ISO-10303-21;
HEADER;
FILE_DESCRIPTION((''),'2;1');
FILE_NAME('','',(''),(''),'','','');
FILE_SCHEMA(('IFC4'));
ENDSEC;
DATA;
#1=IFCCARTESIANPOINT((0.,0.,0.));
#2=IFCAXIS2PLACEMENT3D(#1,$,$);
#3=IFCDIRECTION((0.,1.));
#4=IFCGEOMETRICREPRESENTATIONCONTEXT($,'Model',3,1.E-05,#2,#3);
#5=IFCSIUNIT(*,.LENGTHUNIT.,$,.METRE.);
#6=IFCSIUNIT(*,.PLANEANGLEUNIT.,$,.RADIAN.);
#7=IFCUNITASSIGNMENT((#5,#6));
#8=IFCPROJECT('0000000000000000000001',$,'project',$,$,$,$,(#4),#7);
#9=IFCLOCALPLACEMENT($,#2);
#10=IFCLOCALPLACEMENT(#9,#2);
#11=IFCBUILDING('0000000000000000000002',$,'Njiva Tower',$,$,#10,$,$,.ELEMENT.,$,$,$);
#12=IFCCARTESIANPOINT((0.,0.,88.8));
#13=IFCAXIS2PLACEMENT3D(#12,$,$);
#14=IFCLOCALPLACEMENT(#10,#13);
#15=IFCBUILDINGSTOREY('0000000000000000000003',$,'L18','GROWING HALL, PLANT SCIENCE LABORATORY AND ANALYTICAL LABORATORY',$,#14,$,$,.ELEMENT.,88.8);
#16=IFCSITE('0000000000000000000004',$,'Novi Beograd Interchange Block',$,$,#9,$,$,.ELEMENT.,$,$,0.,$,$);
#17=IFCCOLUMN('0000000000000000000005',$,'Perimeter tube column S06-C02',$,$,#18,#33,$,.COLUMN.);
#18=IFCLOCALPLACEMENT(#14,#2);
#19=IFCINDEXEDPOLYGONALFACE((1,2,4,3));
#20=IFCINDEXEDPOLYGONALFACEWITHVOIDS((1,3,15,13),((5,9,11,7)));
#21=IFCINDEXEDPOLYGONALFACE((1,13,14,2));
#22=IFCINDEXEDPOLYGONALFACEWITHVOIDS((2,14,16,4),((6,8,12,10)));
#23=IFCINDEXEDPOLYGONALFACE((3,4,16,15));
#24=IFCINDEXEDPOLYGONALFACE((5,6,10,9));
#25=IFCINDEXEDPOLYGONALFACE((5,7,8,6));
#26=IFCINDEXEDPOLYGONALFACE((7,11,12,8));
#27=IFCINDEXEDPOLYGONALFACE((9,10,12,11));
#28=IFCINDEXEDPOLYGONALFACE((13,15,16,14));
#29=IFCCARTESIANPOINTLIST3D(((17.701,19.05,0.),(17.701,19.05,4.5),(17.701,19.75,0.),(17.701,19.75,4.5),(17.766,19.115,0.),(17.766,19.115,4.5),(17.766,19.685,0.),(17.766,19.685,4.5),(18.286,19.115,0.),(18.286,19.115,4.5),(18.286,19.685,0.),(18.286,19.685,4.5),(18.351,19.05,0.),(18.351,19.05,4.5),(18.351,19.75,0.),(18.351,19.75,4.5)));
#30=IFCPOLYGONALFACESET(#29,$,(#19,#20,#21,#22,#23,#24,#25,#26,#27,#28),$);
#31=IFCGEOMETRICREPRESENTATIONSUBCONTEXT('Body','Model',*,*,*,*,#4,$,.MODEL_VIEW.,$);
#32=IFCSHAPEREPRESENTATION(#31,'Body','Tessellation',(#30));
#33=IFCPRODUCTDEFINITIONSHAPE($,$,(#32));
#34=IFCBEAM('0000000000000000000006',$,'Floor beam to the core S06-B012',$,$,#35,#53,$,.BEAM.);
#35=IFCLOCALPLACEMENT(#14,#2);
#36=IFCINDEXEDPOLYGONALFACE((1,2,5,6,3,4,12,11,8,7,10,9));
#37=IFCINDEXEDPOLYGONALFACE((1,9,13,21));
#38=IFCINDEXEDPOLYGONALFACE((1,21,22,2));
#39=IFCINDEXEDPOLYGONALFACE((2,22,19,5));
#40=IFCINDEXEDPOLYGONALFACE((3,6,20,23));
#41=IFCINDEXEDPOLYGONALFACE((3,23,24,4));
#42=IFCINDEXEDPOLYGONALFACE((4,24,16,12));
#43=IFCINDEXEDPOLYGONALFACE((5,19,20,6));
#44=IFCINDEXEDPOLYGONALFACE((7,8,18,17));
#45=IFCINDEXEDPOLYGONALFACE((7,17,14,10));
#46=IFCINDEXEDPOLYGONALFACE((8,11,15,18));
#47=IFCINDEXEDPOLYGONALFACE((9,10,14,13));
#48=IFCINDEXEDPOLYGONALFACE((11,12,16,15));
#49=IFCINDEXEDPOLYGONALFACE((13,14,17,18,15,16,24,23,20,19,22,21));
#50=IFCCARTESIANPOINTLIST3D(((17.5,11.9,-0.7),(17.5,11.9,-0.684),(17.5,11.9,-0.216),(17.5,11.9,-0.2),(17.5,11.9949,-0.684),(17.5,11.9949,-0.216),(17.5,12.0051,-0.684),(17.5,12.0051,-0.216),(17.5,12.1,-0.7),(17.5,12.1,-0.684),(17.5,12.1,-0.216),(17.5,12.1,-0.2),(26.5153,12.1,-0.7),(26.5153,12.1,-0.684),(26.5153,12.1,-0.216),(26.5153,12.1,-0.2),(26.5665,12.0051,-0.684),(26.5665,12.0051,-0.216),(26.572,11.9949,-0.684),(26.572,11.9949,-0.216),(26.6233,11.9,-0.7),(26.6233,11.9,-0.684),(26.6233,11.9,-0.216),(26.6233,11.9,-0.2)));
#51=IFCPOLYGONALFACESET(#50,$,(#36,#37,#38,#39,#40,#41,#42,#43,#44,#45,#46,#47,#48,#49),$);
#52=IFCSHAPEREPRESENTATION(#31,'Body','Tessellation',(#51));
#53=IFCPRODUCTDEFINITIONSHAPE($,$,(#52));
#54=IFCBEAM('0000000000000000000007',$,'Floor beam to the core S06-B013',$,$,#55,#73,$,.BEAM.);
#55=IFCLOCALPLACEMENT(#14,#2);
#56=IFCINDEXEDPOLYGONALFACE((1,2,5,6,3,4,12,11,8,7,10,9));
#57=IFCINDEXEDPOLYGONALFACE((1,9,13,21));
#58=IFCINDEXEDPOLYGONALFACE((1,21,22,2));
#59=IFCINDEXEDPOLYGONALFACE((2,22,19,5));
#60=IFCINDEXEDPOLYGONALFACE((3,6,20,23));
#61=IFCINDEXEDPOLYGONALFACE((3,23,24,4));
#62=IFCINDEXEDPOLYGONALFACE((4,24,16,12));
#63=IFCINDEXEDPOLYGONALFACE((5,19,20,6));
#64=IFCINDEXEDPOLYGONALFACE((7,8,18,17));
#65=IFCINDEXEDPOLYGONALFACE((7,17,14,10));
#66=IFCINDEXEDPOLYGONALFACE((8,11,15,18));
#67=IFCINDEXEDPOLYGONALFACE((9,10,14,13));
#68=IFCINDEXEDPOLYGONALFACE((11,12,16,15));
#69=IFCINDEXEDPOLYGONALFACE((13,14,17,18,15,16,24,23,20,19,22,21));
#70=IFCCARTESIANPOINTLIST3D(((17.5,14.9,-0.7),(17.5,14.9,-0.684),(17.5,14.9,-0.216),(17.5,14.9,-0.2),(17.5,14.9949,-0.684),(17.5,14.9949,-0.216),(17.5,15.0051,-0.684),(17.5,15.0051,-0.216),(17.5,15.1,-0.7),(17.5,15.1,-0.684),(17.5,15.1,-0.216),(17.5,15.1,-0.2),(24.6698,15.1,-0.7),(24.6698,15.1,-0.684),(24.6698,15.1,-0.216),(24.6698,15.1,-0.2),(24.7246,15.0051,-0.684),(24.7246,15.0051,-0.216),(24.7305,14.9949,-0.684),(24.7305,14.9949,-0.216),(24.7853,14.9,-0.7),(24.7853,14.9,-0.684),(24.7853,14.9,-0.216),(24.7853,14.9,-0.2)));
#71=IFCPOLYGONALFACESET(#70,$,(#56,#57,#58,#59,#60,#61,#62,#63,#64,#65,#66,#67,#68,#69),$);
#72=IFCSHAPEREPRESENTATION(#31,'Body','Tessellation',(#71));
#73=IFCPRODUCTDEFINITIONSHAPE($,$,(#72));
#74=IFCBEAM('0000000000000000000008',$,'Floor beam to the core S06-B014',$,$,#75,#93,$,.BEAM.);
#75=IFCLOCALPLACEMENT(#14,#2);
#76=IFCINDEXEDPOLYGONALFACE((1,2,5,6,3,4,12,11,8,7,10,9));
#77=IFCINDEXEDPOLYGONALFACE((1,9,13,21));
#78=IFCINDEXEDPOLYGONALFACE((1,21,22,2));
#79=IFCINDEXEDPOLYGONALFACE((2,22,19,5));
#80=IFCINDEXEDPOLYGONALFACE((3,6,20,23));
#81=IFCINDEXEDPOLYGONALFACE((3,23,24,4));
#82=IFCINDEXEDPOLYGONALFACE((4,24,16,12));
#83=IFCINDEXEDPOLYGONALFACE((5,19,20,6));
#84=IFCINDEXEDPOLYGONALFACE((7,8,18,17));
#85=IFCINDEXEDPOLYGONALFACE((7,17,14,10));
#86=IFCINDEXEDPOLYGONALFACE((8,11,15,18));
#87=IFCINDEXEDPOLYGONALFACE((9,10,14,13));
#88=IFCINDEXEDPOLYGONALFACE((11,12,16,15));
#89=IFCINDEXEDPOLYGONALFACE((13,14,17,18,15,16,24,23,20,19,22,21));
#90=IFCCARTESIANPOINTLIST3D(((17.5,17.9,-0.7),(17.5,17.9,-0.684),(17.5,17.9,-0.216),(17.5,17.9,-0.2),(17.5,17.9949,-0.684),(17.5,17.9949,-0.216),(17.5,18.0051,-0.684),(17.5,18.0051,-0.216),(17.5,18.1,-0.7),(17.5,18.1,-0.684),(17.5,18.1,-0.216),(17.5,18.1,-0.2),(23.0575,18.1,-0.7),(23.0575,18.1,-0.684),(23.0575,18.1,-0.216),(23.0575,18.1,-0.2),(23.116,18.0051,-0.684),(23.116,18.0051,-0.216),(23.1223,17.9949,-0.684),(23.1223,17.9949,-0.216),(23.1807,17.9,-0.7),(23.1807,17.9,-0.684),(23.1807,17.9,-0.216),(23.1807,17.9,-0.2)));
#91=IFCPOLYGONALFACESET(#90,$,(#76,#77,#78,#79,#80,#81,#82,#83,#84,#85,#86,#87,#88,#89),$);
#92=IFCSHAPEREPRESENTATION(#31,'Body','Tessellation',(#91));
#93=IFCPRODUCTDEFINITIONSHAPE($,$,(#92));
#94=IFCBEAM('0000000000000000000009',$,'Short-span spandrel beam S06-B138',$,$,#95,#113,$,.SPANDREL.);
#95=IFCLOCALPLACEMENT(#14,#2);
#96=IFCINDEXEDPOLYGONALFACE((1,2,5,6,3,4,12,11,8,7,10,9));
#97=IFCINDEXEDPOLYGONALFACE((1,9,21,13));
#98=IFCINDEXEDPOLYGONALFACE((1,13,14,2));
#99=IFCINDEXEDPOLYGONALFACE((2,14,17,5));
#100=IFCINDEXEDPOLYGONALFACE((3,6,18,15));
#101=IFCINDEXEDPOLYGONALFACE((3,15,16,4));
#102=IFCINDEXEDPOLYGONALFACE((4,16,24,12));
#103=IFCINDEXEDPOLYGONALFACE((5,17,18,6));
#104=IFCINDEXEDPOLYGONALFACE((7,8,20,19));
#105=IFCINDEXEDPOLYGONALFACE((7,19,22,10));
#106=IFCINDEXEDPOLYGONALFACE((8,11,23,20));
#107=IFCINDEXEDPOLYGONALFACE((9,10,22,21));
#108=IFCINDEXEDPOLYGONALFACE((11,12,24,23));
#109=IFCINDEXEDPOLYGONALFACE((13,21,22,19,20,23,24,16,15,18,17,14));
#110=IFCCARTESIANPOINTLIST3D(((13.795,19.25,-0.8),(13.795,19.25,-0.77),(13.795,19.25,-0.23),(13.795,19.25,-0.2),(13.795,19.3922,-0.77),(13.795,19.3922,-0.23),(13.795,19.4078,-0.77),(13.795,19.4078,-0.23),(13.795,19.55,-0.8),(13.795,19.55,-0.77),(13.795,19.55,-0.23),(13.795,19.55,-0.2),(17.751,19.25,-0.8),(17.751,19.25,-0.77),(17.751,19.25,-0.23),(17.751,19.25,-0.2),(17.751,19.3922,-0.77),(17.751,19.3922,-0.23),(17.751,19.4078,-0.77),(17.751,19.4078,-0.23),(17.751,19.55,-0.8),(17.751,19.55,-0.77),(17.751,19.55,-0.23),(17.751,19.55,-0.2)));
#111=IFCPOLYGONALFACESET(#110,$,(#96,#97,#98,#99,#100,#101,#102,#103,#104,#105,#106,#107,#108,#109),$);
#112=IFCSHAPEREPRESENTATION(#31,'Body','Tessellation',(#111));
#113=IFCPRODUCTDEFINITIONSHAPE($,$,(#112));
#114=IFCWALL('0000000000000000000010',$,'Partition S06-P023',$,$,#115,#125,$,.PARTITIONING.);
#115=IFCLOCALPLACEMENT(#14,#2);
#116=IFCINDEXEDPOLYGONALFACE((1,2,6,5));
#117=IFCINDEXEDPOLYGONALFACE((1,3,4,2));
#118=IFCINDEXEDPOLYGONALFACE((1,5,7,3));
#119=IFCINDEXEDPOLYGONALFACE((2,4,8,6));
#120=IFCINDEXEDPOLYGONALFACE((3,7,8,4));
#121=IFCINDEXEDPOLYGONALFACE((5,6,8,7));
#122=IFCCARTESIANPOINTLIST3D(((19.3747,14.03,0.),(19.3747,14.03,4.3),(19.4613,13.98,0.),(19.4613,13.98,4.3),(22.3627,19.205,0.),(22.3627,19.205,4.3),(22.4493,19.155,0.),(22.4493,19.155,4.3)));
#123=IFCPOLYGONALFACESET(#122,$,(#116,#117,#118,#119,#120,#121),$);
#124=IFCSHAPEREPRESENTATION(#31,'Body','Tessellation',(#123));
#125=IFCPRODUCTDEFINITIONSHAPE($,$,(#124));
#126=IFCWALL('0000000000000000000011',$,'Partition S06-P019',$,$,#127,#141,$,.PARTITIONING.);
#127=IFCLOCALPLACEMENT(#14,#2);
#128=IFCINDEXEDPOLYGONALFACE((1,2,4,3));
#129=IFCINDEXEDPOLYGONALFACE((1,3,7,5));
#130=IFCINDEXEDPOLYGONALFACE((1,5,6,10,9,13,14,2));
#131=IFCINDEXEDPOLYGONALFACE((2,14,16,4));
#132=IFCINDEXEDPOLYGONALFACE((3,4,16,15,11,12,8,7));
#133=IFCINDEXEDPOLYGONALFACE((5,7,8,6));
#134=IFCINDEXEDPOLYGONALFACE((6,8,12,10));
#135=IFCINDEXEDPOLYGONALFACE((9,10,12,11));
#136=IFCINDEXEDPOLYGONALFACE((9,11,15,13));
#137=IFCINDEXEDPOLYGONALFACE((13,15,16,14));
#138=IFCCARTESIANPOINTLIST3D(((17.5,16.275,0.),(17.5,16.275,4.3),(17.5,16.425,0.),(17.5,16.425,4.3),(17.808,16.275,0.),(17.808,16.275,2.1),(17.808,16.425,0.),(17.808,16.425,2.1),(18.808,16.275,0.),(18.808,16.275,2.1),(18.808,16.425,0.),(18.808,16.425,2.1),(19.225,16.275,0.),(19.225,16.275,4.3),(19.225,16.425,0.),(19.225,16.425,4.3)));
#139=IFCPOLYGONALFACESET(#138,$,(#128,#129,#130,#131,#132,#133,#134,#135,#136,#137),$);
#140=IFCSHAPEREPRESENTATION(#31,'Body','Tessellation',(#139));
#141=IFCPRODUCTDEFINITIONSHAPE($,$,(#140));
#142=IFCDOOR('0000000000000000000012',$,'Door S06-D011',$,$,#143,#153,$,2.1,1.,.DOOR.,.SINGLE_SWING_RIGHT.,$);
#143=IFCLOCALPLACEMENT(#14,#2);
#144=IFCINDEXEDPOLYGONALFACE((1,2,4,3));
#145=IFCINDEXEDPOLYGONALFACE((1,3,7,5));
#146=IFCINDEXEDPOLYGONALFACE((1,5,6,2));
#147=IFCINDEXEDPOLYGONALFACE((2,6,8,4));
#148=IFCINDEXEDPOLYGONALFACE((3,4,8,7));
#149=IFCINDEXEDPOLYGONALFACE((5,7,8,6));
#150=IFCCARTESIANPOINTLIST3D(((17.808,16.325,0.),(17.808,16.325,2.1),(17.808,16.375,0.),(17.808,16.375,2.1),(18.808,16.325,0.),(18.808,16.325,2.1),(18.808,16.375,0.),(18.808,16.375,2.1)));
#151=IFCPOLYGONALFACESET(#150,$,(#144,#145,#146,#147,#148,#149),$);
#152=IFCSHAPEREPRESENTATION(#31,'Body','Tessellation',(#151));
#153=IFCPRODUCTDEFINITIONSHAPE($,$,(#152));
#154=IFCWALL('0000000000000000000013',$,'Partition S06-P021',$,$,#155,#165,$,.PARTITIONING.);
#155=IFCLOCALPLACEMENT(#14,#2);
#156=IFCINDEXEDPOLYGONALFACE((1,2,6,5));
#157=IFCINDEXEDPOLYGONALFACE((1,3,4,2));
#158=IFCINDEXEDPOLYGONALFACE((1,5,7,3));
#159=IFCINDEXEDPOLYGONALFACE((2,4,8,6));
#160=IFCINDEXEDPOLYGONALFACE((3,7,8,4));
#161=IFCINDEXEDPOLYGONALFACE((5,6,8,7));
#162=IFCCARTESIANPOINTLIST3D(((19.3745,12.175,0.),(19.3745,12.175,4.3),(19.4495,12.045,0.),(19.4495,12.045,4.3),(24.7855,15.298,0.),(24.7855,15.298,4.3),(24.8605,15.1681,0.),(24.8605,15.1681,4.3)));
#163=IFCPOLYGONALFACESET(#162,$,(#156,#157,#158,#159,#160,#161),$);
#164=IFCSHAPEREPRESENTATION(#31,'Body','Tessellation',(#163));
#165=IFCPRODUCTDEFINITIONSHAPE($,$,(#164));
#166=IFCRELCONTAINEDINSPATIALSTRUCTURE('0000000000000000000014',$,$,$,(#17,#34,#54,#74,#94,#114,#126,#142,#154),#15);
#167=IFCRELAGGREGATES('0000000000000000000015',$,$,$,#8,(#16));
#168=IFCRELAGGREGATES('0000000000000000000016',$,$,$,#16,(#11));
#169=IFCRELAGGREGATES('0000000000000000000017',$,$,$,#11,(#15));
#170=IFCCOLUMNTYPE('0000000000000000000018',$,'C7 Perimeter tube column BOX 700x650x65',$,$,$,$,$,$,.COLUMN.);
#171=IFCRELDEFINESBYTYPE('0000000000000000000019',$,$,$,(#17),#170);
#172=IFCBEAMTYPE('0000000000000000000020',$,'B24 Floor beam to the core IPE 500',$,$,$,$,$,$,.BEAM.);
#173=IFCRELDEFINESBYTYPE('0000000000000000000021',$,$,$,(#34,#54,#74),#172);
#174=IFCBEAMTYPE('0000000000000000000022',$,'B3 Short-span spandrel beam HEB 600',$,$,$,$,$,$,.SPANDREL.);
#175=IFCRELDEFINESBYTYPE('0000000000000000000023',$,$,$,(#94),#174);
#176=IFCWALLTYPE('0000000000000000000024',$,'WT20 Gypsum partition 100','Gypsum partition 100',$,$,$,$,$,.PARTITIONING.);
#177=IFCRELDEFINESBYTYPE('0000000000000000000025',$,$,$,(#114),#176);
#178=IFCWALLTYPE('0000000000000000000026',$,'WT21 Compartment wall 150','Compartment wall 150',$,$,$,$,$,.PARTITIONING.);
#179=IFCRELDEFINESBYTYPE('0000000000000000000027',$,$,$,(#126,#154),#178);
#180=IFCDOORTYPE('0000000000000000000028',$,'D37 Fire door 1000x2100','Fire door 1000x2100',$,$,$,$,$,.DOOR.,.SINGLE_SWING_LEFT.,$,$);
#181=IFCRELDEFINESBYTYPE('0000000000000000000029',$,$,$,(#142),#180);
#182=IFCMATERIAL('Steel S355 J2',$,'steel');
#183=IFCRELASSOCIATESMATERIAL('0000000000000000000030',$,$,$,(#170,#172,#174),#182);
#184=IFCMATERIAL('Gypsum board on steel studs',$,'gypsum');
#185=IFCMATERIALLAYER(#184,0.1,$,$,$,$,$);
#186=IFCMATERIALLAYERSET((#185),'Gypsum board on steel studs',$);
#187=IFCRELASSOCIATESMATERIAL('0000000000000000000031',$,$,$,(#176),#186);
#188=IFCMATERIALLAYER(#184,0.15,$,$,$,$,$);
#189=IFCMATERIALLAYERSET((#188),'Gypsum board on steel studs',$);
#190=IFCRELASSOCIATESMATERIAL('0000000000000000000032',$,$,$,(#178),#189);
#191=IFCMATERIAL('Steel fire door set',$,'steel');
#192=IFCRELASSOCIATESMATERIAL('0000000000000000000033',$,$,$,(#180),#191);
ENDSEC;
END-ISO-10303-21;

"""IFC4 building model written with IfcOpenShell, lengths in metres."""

from ifc_helpers import new_model, si_unit, direction, frame, frame_2d, origin, origin_2d, place, context, subcontext, project, spatial, rectangle, hollow_rectangle, i_section, extrude, clip, halfspace, material, layer, layer_set, material_profile, profile_set, type_object, element, fill, save


model = new_model("IFC4")

# Units and contexts
model_context = context("Model", 3, precision=1e-05, world=origin(), true_north=direction((0.0, 1.0)))
body_context = subcontext(model_context, "Body", "Model", "MODEL_VIEW")
ifc_project = project(units=[si_unit("LENGTHUNIT", "METRE"), si_unit("PLANEANGLEUNIT", "RADIAN")], contexts=[model_context])

# Site, building, storey
site_placement = place(None, origin())
site = spatial("IfcSite", under=ifc_project, at=site_placement, Name="Novi Beograd Interchange Block", CompositionType="ELEMENT", RefElevation=0.0)
building_placement = place(site_placement, origin())
building = spatial("IfcBuilding", under=site, at=building_placement, Name="Njiva Tower", CompositionType="ELEMENT")
storey_placement = place(building_placement, frame((0.0, 0.0, 88.8)))
storey = spatial("IfcBuildingStorey", under=building, at=storey_placement, Name="L18", Description="GROWING HALL, PLANT SCIENCE LABORATORY AND ANALYTICAL LABORATORY", CompositionType="ELEMENT", Elevation=88.8)

# Column
ifc_material_1 = material(Name="Steel S355 J2", Category="steel")
ifc_material_profile_1 = material_profile(ifc_material_1, hollow_rectangle(XDim=0.65, YDim=0.7, WallThickness=0.065, at=origin_2d()), Name="BOX 700x650x65")
ifc_profile_set_1 = profile_set([ifc_material_profile_1], Name="Steel S355 J2")
column_type = type_object("IfcColumnType", Name="C7 Perimeter tube column BOX 700x650x65", PredefinedType="COLUMN", material=ifc_profile_set_1)
column_placement = place(storey_placement, frame((18.026, 19.4, 0.0), z_axis=(0.0, 0.0, 1.0), x_axis=(-1.0, 0.0, 0.0)))
element("IfcColumn", 1, at=column_placement, inside=storey, type_object=column_type, Name="Perimeter tube column S06-C02", PredefinedType="COLUMN", context=body_context, shape_type="SweptSolid", body=[
    extrude(hollow_rectangle(XDim=0.65, YDim=0.7, WallThickness=0.065, at=origin_2d()), origin(), (0.0, 0.0, 1.0), 4.5),
])

# Beams
ifc_material_profile_2 = material_profile(ifc_material_1, i_section(OverallWidth=0.2, OverallDepth=0.5, WebThickness=0.0102, FlangeThickness=0.016, at=origin_2d()), Name="IPE 500")
ifc_profile_set_2 = profile_set([ifc_material_profile_2], Name="Steel S355 J2")
beam_type_1 = type_object("IfcBeamType", Name="B24 Floor beam to the core IPE 500", PredefinedType="BEAM", material=ifc_profile_set_2)
beam_1_placement = place(storey_placement, frame((17.5, 12.0, -0.45), z_axis=(1.0, 0.0, 0.0), x_axis=(0.0, 1.0, 0.0)))
element("IfcBeam", 2, at=beam_1_placement, inside=storey, type_object=beam_type_1, Name="Floor beam to the core S06-B012", PredefinedType="BEAM", context=body_context, shape_type="Clipping", body=[
    clip(extrude(i_section(OverallWidth=0.2, OverallDepth=0.5, WebThickness=0.0102, FlangeThickness=0.016, at=origin_2d()), origin(), (0.0, 0.0, 1.0), 9.143), halfspace(frame((0.0238, 0.0, 9.0564), z_axis=(0.47516, 0.0, 0.8799), x_axis=(0.0, 1.0, 0.0)), False)),
])
beam_2_placement = place(storey_placement, frame((17.5, 15.0, -0.45), z_axis=(1.0, 0.0, 0.0), x_axis=(0.0, 1.0, 0.0)))
element("IfcBeam", 3, at=beam_2_placement, inside=storey, type_object=beam_type_1, Name="Floor beam to the core S06-B013", PredefinedType="BEAM", context=body_context, shape_type="Clipping", body=[
    clip(extrude(i_section(OverallWidth=0.2, OverallDepth=0.5, WebThickness=0.0102, FlangeThickness=0.016, at=origin_2d()), origin(), (0.0, 0.0, 1.0), 7.306), halfspace(frame((0.025, 0.0, 7.2131), z_axis=(0.499998, 0.0, 0.866027), x_axis=(0.0, 1.0, 0.0)), False)),
])
beam_3_placement = place(storey_placement, frame((17.5, 18.0, -0.45), z_axis=(1.0, 0.0, 0.0), x_axis=(0.0, 1.0, 0.0)))
element("IfcBeam", 4, at=beam_3_placement, inside=storey, type_object=beam_type_1, Name="Floor beam to the core S06-B014", PredefinedType="BEAM", context=body_context, shape_type="Clipping", body=[
    clip(extrude(i_section(OverallWidth=0.2, OverallDepth=0.5, WebThickness=0.0102, FlangeThickness=0.016, at=origin_2d()), origin(), (0.0, 0.0, 1.0), 5.701), halfspace(frame((0.0262, 0.0, 5.603), z_axis=(0.524439, 0.0, 0.851448), x_axis=(0.0, 1.0, 0.0)), False)),
])
ifc_material_profile_3 = material_profile(ifc_material_1, i_section(OverallWidth=0.3, OverallDepth=0.6, WebThickness=0.0155, FlangeThickness=0.03, at=origin_2d()), Name="HEB 600")
ifc_profile_set_3 = profile_set([ifc_material_profile_3], Name="Steel S355 J2")
beam_type_2 = type_object("IfcBeamType", Name="B3 Short-span spandrel beam HEB 600", PredefinedType="SPANDREL", material=ifc_profile_set_3)
beam_4_placement = place(storey_placement, frame((17.751, 19.4, -0.5), z_axis=(-1.0, 0.0, 0.0), x_axis=(0.0, -1.0, 0.0)))
element("IfcBeam", 5, at=beam_4_placement, inside=storey, type_object=beam_type_2, Name="Short-span spandrel beam S06-B138", PredefinedType="SPANDREL", context=body_context, shape_type="SweptSolid", body=[
    extrude(i_section(OverallWidth=0.3, OverallDepth=0.6, WebThickness=0.0155, FlangeThickness=0.03, at=origin_2d()), origin(), (0.0, 0.0, 1.0), 3.956),
])

# Wall
ifc_material_2 = material(Name="Gypsum board on steel studs", Category="gypsum")
ifc_layer_1 = layer(ifc_material_2, 0.1)
ifc_layer_set_1 = layer_set([ifc_layer_1], Name="Gypsum board on steel studs")
wall_type_1 = type_object("IfcWallType", Name="WT20 Gypsum partition 100", Description="Gypsum partition 100", PredefinedType="PARTITIONING", material=ifc_layer_set_1)
wall_1_placement = place(storey_placement, frame((19.418, 14.005, 0.0), z_axis=(0.0, 0.0, 1.0), x_axis=(0.500027, 0.86601, 0.0)))
element("IfcWall", 6, at=wall_1_placement, inside=storey, type_object=wall_type_1, Name="Partition S06-P023", PredefinedType="PARTITIONING", context=body_context, shape_type="SweptSolid", body=[
    extrude(rectangle(XDim=5.9757, YDim=0.1, at=frame_2d((2.9878, 0.0))), origin(), (0.0, 0.0, 1.0), 4.3),
])

# Wall, opening, door
ifc_layer_2 = layer(ifc_material_2, 0.15)
ifc_layer_set_2 = layer_set([ifc_layer_2], Name="Gypsum board on steel studs")
wall_type_2 = type_object("IfcWallType", Name="WT21 Compartment wall 150", Description="Compartment wall 150", PredefinedType="PARTITIONING", material=ifc_layer_set_2)
wall_2_placement = place(storey_placement, frame((17.5, 16.35, 0.0), z_axis=(0.0, 0.0, 1.0), x_axis=(1.0, 0.0, 0.0)))
wall_2 = element("IfcWall", 7, at=wall_2_placement, inside=storey, type_object=wall_type_2, Name="Partition S06-P019", PredefinedType="PARTITIONING", context=body_context, shape_type="SweptSolid", body=[
    extrude(rectangle(XDim=1.725, YDim=0.15, at=frame_2d((0.8625, 0.0))), origin(), (0.0, 0.0, 1.0), 4.3),
])
opening_placement = place(wall_2_placement, frame((0.308, 0.0, 0.0)))
opening = element("IfcOpeningElement", 8, at=opening_placement, cuts=wall_2, PredefinedType="OPENING", context=body_context, shape_type="SweptSolid", body=[
    extrude(rectangle(XDim=1.0, YDim=2.1, at=frame_2d((0.5, 1.05))), frame((0.0, 0.085, 0.0), z_axis=(0.0, -1.0, 0.0), x_axis=(1.0, 0.0, 0.0)), (0.0, 0.0, 1.0), 0.17),
])
ifc_material_3 = material(Name="Steel fire door set", Category="steel")
door_type = type_object("IfcDoorType", Name="D37 Fire door 1000x2100", Description="Fire door 1000x2100", OperationType="SINGLE_SWING_LEFT", PredefinedType="DOOR", material=ifc_material_3)
door_placement = place(opening_placement, origin())
door = element("IfcDoor", 9, at=door_placement, inside=storey, type_object=door_type, Name="Door S06-D011", OperationType="SINGLE_SWING_RIGHT", OverallHeight=2.1, OverallWidth=1.0, PredefinedType="DOOR", context=body_context, shape_type="SweptSolid", body=[
    extrude(rectangle(XDim=1.0, YDim=2.1, at=frame_2d((0.5, 1.05))), frame((0.0, 0.025, 0.0), z_axis=(0.0, -1.0, 0.0), x_axis=(1.0, 0.0, 0.0)), (0.0, 0.0, 1.0), 0.05),
])
fill(opening, door)

# Wall
wall_3_placement = place(storey_placement, frame((19.412, 12.11, 0.0), z_axis=(0.0, 0.0, 1.0), x_axis=(0.866098, 0.499875, 0.0)))
element("IfcWall", 10, at=wall_3_placement, inside=storey, type_object=wall_type_2, Name="Partition S06-P021", PredefinedType="PARTITIONING", context=body_context, shape_type="SweptSolid", body=[
    extrude(rectangle(XDim=6.2476, YDim=0.15, at=frame_2d((3.1238, 0.0))), origin(), (0.0, 0.0, 1.0), 4.3),
])

save(model, "model.ifc")
